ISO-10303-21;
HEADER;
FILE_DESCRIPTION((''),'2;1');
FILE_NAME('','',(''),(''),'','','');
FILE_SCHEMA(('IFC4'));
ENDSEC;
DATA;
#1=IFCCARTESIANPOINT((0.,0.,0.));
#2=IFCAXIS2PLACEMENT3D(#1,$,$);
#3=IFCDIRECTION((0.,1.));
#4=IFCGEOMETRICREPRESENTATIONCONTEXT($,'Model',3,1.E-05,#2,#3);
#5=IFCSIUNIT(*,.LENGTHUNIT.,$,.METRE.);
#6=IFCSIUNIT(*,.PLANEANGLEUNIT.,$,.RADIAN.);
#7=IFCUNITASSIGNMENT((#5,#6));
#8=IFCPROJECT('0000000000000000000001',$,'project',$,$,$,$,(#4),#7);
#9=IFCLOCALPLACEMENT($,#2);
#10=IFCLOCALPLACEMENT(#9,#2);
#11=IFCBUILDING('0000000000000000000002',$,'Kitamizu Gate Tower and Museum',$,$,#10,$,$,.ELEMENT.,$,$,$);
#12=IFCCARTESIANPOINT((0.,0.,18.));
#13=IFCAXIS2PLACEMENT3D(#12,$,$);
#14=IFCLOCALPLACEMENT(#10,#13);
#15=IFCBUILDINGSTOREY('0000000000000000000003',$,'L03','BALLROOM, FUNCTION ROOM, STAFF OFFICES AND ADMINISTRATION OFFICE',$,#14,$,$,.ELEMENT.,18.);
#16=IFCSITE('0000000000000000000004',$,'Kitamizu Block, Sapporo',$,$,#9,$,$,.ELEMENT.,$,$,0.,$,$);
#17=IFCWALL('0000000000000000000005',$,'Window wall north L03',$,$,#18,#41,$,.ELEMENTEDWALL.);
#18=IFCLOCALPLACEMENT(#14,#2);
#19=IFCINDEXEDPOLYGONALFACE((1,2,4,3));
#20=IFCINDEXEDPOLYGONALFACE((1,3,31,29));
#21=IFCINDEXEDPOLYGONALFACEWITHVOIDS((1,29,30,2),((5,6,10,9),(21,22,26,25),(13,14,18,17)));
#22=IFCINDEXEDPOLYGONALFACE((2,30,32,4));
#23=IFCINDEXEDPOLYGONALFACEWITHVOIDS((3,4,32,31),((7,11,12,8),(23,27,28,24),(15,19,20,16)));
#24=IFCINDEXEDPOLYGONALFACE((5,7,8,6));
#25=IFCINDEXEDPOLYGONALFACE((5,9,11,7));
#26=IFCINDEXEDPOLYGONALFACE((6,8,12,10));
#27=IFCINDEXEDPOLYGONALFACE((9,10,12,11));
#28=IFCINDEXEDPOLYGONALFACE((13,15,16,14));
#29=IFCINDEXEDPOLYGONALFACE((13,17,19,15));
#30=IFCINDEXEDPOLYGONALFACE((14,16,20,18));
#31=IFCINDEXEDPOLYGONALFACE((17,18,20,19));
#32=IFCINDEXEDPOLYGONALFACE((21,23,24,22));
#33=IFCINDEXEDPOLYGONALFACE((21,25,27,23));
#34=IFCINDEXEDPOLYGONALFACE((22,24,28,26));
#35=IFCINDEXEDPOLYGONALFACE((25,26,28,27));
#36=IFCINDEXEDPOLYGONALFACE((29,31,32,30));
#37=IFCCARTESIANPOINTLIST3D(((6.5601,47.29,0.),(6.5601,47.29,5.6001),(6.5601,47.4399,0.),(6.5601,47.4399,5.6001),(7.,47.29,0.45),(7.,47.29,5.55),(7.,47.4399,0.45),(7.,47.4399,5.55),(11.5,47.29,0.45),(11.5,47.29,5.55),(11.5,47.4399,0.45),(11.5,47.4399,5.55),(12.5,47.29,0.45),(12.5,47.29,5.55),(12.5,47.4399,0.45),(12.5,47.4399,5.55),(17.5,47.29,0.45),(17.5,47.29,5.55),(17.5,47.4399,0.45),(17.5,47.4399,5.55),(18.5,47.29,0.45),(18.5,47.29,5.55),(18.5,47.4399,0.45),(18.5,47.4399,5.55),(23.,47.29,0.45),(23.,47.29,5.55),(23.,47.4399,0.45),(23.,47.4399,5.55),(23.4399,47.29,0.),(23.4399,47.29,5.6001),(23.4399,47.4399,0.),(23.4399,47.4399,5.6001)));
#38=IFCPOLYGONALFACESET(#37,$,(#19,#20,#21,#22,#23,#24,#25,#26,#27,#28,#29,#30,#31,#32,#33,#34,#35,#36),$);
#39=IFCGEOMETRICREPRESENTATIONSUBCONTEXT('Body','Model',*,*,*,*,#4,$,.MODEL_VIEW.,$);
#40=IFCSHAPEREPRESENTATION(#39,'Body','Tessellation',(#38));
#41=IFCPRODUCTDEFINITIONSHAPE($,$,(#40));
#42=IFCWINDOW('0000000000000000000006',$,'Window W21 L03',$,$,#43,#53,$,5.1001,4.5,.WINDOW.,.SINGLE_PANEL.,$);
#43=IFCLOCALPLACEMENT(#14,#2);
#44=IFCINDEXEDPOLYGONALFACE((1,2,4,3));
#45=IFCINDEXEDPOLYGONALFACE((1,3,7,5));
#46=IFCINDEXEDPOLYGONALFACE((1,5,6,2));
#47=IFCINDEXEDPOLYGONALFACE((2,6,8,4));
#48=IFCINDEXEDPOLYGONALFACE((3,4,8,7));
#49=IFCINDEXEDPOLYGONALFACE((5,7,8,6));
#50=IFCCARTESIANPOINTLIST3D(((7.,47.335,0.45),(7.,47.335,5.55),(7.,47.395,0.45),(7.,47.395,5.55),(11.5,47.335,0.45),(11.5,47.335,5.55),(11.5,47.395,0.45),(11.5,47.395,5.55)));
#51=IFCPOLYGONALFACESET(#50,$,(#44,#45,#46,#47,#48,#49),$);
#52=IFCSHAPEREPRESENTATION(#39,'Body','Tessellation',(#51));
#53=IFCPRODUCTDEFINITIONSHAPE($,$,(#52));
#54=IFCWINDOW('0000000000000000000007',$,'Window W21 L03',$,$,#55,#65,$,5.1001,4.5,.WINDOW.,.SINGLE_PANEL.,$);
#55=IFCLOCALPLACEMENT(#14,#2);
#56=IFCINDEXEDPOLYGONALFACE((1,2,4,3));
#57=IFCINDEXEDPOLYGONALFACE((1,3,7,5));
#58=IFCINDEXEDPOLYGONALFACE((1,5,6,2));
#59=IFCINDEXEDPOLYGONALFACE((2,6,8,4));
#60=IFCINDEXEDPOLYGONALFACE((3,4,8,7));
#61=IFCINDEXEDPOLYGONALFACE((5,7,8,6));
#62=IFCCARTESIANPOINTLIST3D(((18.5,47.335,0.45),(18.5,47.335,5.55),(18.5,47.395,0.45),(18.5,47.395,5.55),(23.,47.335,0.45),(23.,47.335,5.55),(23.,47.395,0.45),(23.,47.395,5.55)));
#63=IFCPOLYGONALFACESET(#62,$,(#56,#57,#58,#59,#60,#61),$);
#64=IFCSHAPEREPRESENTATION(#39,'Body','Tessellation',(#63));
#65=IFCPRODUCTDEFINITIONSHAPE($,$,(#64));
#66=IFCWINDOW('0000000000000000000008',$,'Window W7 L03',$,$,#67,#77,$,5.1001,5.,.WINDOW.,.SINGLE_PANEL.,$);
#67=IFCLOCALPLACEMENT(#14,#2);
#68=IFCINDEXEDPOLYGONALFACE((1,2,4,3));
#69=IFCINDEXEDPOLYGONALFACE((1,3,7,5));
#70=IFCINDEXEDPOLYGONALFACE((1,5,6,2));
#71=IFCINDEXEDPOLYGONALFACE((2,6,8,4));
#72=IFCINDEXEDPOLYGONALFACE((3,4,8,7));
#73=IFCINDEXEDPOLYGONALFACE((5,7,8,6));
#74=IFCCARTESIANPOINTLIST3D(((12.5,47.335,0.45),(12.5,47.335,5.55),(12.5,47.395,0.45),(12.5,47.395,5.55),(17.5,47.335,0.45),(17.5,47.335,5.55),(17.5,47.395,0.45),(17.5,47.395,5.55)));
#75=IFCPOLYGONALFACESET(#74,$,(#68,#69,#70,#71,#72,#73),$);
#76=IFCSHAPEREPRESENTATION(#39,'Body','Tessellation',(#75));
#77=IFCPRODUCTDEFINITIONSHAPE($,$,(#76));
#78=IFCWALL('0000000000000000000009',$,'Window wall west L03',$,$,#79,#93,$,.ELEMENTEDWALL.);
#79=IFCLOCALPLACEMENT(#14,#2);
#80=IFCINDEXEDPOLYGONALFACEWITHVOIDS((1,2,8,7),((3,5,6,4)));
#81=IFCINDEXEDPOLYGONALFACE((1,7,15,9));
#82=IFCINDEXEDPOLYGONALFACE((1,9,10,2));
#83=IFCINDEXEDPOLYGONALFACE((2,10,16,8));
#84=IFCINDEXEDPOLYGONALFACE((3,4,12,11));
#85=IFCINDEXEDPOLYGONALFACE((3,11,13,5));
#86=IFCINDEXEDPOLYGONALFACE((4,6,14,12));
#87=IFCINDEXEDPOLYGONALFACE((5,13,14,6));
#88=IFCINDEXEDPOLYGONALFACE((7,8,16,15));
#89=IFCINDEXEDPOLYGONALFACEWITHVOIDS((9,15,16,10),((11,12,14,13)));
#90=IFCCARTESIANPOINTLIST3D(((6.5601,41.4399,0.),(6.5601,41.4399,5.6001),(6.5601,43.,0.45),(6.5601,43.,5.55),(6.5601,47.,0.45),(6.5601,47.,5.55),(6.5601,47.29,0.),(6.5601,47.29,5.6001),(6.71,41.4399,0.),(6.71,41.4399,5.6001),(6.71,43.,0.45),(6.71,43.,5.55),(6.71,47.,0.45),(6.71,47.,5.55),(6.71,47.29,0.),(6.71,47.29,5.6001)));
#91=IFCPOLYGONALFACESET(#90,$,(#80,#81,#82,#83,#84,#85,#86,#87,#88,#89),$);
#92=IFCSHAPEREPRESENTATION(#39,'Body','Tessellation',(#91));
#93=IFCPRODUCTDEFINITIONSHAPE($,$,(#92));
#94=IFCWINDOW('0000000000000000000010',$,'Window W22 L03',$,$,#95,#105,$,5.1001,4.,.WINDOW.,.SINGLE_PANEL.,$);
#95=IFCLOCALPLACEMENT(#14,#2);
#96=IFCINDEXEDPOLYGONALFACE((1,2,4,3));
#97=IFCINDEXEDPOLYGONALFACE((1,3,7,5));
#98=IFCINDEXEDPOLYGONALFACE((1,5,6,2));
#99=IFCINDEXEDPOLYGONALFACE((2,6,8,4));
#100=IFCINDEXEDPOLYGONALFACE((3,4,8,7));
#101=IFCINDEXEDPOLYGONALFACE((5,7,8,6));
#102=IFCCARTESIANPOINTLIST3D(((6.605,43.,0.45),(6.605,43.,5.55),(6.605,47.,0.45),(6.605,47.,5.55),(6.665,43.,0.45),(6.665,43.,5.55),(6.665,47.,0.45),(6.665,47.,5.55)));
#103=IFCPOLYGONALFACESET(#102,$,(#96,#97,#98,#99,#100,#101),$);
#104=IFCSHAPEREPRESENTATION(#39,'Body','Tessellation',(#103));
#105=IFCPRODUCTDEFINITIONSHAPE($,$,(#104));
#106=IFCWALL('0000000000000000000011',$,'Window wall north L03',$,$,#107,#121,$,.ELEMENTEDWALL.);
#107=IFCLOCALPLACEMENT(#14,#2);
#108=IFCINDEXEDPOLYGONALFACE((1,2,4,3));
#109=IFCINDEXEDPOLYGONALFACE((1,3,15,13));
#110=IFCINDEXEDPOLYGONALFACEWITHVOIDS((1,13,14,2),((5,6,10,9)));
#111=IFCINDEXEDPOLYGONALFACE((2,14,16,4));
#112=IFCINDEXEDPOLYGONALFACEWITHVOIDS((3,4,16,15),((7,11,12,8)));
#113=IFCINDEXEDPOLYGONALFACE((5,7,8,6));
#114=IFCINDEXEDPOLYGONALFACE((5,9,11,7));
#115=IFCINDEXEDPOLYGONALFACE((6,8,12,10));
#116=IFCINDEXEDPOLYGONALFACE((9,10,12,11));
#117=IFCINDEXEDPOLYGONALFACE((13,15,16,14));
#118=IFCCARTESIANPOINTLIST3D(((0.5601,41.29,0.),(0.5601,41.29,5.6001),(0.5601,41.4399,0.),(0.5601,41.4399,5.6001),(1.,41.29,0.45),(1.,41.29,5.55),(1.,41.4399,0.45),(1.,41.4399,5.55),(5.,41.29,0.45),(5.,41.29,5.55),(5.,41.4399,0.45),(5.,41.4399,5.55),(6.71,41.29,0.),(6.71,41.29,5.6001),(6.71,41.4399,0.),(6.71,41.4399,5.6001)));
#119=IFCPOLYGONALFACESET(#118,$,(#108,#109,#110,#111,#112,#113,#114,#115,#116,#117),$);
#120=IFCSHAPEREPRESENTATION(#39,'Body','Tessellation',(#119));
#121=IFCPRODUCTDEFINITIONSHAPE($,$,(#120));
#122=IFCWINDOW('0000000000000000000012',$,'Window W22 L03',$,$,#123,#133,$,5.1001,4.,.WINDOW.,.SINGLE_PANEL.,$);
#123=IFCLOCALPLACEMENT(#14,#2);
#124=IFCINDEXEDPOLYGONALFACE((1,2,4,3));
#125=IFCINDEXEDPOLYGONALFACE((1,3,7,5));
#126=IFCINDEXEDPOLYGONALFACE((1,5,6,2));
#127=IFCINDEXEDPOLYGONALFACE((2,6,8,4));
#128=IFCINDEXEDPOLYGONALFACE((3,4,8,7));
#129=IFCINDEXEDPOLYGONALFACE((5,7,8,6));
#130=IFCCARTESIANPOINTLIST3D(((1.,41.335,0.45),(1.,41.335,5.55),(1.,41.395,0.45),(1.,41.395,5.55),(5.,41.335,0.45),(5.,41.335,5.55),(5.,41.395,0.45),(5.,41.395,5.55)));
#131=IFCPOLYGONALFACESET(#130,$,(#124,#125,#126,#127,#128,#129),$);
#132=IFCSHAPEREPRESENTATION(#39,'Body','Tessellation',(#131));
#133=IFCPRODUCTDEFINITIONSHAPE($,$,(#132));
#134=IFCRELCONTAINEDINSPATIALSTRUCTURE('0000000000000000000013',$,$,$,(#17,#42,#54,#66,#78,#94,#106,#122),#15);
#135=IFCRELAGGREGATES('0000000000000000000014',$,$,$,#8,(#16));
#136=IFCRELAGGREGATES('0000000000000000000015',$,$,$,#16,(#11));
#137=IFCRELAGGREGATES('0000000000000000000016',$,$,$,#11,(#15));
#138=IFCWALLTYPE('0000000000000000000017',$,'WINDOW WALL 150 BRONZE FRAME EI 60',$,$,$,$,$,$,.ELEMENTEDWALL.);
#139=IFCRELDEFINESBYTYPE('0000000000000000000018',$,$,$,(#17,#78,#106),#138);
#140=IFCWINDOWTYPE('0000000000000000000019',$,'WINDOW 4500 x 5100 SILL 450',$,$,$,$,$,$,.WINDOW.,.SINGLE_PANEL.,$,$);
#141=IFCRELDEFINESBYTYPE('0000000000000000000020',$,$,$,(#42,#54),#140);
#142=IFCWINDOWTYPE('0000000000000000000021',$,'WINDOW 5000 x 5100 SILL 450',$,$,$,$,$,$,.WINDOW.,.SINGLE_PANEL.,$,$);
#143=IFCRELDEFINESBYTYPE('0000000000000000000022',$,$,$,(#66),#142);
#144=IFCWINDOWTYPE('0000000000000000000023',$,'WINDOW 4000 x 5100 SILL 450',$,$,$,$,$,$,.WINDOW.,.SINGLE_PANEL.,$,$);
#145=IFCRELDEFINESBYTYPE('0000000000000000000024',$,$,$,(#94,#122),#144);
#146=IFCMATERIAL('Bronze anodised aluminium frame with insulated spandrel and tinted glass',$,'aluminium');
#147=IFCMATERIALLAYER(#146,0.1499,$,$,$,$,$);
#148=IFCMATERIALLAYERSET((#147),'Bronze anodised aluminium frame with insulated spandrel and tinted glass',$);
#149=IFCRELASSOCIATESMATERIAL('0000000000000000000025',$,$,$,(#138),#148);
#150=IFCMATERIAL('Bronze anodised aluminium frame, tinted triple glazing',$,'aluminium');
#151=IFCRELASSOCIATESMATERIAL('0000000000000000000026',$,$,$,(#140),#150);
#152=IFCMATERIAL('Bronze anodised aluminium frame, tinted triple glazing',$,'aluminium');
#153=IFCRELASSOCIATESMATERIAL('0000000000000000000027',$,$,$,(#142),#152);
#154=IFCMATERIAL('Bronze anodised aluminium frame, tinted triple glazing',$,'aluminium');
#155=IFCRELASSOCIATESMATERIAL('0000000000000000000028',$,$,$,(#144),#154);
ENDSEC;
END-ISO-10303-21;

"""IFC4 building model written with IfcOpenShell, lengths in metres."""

from ifc_helpers import new_model, si_unit, direction, frame, frame_2d, origin, place, context, subcontext, project, spatial, rectangle, extrude, material, layer, layer_set, type_object, element, fill, save


model = new_model("IFC4")

# Units and contexts
model_context = context("Model", 3, precision=1e-05, world=origin(), true_north=direction((0.0, 1.0)))
body_context = subcontext(model_context, "Body", "Model", "MODEL_VIEW")
ifc_project = project(units=[si_unit("LENGTHUNIT", "METRE"), si_unit("PLANEANGLEUNIT", "RADIAN")], contexts=[model_context])

# Site, building, storey
site_placement = place(None, origin())
site = spatial("IfcSite", under=ifc_project, at=site_placement, Name="Kitamizu Block, Sapporo", CompositionType="ELEMENT", RefElevation=0.0)
building_placement = place(site_placement, origin())
building = spatial("IfcBuilding", under=site, at=building_placement, Name="Kitamizu Gate Tower and Museum", CompositionType="ELEMENT")
storey_placement = place(building_placement, frame((0.0, 0.0, 18.0)))
storey = spatial("IfcBuildingStorey", under=building, at=storey_placement, Name="L03", Description="BALLROOM, FUNCTION ROOM, STAFF OFFICES AND ADMINISTRATION OFFICE", CompositionType="ELEMENT", Elevation=18.0)

# Wall, openings, windows
ifc_material_1 = material(Name="Bronze anodised aluminium frame with insulated spandrel and tinted glass", Category="aluminium")
ifc_layer_1 = layer(ifc_material_1, 0.1499)
ifc_layer_set_1 = layer_set([ifc_layer_1], Name="Bronze anodised aluminium frame with insulated spandrel and tinted glass")
wall_type_1 = type_object("IfcWallType", Name="WINDOW WALL 150 BRONZE FRAME EI 60", PredefinedType="ELEMENTEDWALL", material=ifc_layer_set_1)
wall_1_placement = place(storey_placement, frame((6.5601, 47.365, 0.0), z_axis=(0.0, 0.0, 1.0), x_axis=(1.0, 0.0, 0.0)))
wall_1 = element("IfcWall", 1, at=wall_1_placement, inside=storey, type_object=wall_type_1, Name="Window wall north L03", PredefinedType="ELEMENTEDWALL", context=body_context, shape_type="SweptSolid", body=[
    extrude(rectangle(XDim=16.8799, YDim=0.1499, at=frame_2d((8.4399, 0.0))), origin(), (0.0, 0.0, 1.0), 5.6001),
])
opening_1_placement = place(wall_1_placement, frame((0.4399, 0.0, 0.45)))
opening_1 = element("IfcOpeningElement", 2, at=opening_1_placement, cuts=wall_1, PredefinedType="OPENING", context=body_context, shape_type="SweptSolid", body=[
    extrude(rectangle(XDim=4.5, YDim=5.1001, at=frame_2d((2.25, 2.55))), frame((0.0, 0.085, 0.0), z_axis=(0.0, -1.0, 0.0), x_axis=(1.0, 0.0, 0.0)), (0.0, 0.0, 1.0), 0.1699),
])
opening_2_placement = place(wall_1_placement, frame((5.9399, 0.0, 0.45)))
opening_2 = element("IfcOpeningElement", 3, at=opening_2_placement, cuts=wall_1, PredefinedType="OPENING", context=body_context, shape_type="SweptSolid", body=[
    extrude(rectangle(XDim=5.0, YDim=5.1001, at=frame_2d((2.5, 2.55))), frame((0.0, 0.085, 0.0), z_axis=(0.0, -1.0, 0.0), x_axis=(1.0, 0.0, 0.0)), (0.0, 0.0, 1.0), 0.1699),
])
opening_3_placement = place(wall_1_placement, frame((11.9399, 0.0, 0.45)))
opening_3 = element("IfcOpeningElement", 4, at=opening_3_placement, cuts=wall_1, PredefinedType="OPENING", context=body_context, shape_type="SweptSolid", body=[
    extrude(rectangle(XDim=4.5, YDim=5.1001, at=frame_2d((2.25, 2.55))), frame((0.0, 0.085, 0.0), z_axis=(0.0, -1.0, 0.0), x_axis=(1.0, 0.0, 0.0)), (0.0, 0.0, 1.0), 0.1699),
])
ifc_material_2 = material(Name="Bronze anodised aluminium frame, tinted triple glazing", Category="aluminium")
window_type_1 = type_object("IfcWindowType", Name="WINDOW 4500 x 5100 SILL 450", PartitioningType="SINGLE_PANEL", PredefinedType="WINDOW", material=ifc_material_2)
window_1_placement = place(opening_1_placement, origin())
window_1 = element("IfcWindow", 5, at=window_1_placement, inside=storey, type_object=window_type_1, Name="Window W21 L03", OverallHeight=5.1001, OverallWidth=4.5, PartitioningType="SINGLE_PANEL", PredefinedType="WINDOW", context=body_context, shape_type="SweptSolid", body=[
    extrude(rectangle(XDim=4.5, YDim=5.1001, at=frame_2d((2.25, 2.55))), frame((0.0, 0.03, 0.0), z_axis=(0.0, -1.0, 0.0), x_axis=(1.0, 0.0, 0.0)), (0.0, 0.0, 1.0), 0.0601),
])
fill(opening_1, window_1)
window_2_placement = place(opening_3_placement, origin())
window_2 = element("IfcWindow", 6, at=window_2_placement, inside=storey, type_object=window_type_1, Name="Window W21 L03", OverallHeight=5.1001, OverallWidth=4.5, PartitioningType="SINGLE_PANEL", PredefinedType="WINDOW", context=body_context, shape_type="SweptSolid", body=[
    extrude(rectangle(XDim=4.5, YDim=5.1001, at=frame_2d((2.25, 2.55))), frame((0.0, 0.03, 0.0), z_axis=(0.0, -1.0, 0.0), x_axis=(1.0, 0.0, 0.0)), (0.0, 0.0, 1.0), 0.0601),
])
fill(opening_3, window_2)
ifc_material_3 = material(Name="Bronze anodised aluminium frame, tinted triple glazing", Category="aluminium")
window_type_2 = type_object("IfcWindowType", Name="WINDOW 5000 x 5100 SILL 450", PartitioningType="SINGLE_PANEL", PredefinedType="WINDOW", material=ifc_material_3)
window_3_placement = place(opening_2_placement, origin())
window_3 = element("IfcWindow", 7, at=window_3_placement, inside=storey, type_object=window_type_2, Name="Window W7 L03", OverallHeight=5.1001, OverallWidth=5.0, PartitioningType="SINGLE_PANEL", PredefinedType="WINDOW", context=body_context, shape_type="SweptSolid", body=[
    extrude(rectangle(XDim=5.0, YDim=5.1001, at=frame_2d((2.5, 2.55))), frame((0.0, 0.03, 0.0), z_axis=(0.0, -1.0, 0.0), x_axis=(1.0, 0.0, 0.0)), (0.0, 0.0, 1.0), 0.0601),
])
fill(opening_2, window_3)

# Walls, openings, windows
wall_2_placement = place(storey_placement, frame((6.635, 41.4399, 0.0), z_axis=(0.0, 0.0, 1.0), x_axis=(0.0, 1.0, 0.0)))
wall_2 = element("IfcWall", 8, at=wall_2_placement, inside=storey, type_object=wall_type_1, Name="Window wall west L03", PredefinedType="ELEMENTEDWALL", context=body_context, shape_type="SweptSolid", body=[
    extrude(rectangle(XDim=5.8501, YDim=0.1499, at=frame_2d((2.925, 0.0))), origin(), (0.0, 0.0, 1.0), 5.6001),
])
opening_4_placement = place(wall_2_placement, frame((1.5601, 0.0, 0.45)))
opening_4 = element("IfcOpeningElement", 9, at=opening_4_placement, cuts=wall_2, PredefinedType="OPENING", context=body_context, shape_type="SweptSolid", body=[
    extrude(rectangle(XDim=4.0, YDim=5.1001, at=frame_2d((2.0, 2.55))), frame((0.0, 0.085, 0.0), z_axis=(0.0, -1.0, 0.0), x_axis=(1.0, 0.0, 0.0)), (0.0, 0.0, 1.0), 0.1699),
])
ifc_material_4 = material(Name="Bronze anodised aluminium frame, tinted triple glazing", Category="aluminium")
window_type_3 = type_object("IfcWindowType", Name="WINDOW 4000 x 5100 SILL 450", PartitioningType="SINGLE_PANEL", PredefinedType="WINDOW", material=ifc_material_4)
window_4_placement = place(opening_4_placement, origin())
window_4 = element("IfcWindow", 10, at=window_4_placement, inside=storey, type_object=window_type_3, Name="Window W22 L03", OverallHeight=5.1001, OverallWidth=4.0, PartitioningType="SINGLE_PANEL", PredefinedType="WINDOW", context=body_context, shape_type="SweptSolid", body=[
    extrude(rectangle(XDim=4.0, YDim=5.1001, at=frame_2d((2.0, 2.55))), frame((0.0, 0.03, 0.0), z_axis=(0.0, -1.0, 0.0), x_axis=(1.0, 0.0, 0.0)), (0.0, 0.0, 1.0), 0.0601),
])
fill(opening_4, window_4)
wall_3_placement = place(storey_placement, frame((0.5601, 41.365, 0.0), z_axis=(0.0, 0.0, 1.0), x_axis=(1.0, 0.0, 0.0)))
wall_3 = element("IfcWall", 11, at=wall_3_placement, inside=storey, type_object=wall_type_1, Name="Window wall north L03", PredefinedType="ELEMENTEDWALL", context=body_context, shape_type="SweptSolid", body=[
    extrude(rectangle(XDim=6.1499, YDim=0.1499, at=frame_2d((3.075, 0.0))), origin(), (0.0, 0.0, 1.0), 5.6001),
])
opening_5_placement = place(wall_3_placement, frame((0.4399, 0.0, 0.45)))
opening_5 = element("IfcOpeningElement", 12, at=opening_5_placement, cuts=wall_3, PredefinedType="OPENING", context=body_context, shape_type="SweptSolid", body=[
    extrude(rectangle(XDim=4.0, YDim=5.1001, at=frame_2d((2.0, 2.55))), frame((0.0, 0.085, 0.0), z_axis=(0.0, -1.0, 0.0), x_axis=(1.0, 0.0, 0.0)), (0.0, 0.0, 1.0), 0.1699),
])
window_5_placement = place(opening_5_placement, origin())
window_5 = element("IfcWindow", 13, at=window_5_placement, inside=storey, type_object=window_type_3, Name="Window W22 L03", OverallHeight=5.1001, OverallWidth=4.0, PartitioningType="SINGLE_PANEL", PredefinedType="WINDOW", context=body_context, shape_type="SweptSolid", body=[
    extrude(rectangle(XDim=4.0, YDim=5.1001, at=frame_2d((2.0, 2.55))), frame((0.0, 0.03, 0.0), z_axis=(0.0, -1.0, 0.0), x_axis=(1.0, 0.0, 0.0)), (0.0, 0.0, 1.0), 0.0601),
])
fill(opening_5, window_5)

save(model, "model.ifc")
